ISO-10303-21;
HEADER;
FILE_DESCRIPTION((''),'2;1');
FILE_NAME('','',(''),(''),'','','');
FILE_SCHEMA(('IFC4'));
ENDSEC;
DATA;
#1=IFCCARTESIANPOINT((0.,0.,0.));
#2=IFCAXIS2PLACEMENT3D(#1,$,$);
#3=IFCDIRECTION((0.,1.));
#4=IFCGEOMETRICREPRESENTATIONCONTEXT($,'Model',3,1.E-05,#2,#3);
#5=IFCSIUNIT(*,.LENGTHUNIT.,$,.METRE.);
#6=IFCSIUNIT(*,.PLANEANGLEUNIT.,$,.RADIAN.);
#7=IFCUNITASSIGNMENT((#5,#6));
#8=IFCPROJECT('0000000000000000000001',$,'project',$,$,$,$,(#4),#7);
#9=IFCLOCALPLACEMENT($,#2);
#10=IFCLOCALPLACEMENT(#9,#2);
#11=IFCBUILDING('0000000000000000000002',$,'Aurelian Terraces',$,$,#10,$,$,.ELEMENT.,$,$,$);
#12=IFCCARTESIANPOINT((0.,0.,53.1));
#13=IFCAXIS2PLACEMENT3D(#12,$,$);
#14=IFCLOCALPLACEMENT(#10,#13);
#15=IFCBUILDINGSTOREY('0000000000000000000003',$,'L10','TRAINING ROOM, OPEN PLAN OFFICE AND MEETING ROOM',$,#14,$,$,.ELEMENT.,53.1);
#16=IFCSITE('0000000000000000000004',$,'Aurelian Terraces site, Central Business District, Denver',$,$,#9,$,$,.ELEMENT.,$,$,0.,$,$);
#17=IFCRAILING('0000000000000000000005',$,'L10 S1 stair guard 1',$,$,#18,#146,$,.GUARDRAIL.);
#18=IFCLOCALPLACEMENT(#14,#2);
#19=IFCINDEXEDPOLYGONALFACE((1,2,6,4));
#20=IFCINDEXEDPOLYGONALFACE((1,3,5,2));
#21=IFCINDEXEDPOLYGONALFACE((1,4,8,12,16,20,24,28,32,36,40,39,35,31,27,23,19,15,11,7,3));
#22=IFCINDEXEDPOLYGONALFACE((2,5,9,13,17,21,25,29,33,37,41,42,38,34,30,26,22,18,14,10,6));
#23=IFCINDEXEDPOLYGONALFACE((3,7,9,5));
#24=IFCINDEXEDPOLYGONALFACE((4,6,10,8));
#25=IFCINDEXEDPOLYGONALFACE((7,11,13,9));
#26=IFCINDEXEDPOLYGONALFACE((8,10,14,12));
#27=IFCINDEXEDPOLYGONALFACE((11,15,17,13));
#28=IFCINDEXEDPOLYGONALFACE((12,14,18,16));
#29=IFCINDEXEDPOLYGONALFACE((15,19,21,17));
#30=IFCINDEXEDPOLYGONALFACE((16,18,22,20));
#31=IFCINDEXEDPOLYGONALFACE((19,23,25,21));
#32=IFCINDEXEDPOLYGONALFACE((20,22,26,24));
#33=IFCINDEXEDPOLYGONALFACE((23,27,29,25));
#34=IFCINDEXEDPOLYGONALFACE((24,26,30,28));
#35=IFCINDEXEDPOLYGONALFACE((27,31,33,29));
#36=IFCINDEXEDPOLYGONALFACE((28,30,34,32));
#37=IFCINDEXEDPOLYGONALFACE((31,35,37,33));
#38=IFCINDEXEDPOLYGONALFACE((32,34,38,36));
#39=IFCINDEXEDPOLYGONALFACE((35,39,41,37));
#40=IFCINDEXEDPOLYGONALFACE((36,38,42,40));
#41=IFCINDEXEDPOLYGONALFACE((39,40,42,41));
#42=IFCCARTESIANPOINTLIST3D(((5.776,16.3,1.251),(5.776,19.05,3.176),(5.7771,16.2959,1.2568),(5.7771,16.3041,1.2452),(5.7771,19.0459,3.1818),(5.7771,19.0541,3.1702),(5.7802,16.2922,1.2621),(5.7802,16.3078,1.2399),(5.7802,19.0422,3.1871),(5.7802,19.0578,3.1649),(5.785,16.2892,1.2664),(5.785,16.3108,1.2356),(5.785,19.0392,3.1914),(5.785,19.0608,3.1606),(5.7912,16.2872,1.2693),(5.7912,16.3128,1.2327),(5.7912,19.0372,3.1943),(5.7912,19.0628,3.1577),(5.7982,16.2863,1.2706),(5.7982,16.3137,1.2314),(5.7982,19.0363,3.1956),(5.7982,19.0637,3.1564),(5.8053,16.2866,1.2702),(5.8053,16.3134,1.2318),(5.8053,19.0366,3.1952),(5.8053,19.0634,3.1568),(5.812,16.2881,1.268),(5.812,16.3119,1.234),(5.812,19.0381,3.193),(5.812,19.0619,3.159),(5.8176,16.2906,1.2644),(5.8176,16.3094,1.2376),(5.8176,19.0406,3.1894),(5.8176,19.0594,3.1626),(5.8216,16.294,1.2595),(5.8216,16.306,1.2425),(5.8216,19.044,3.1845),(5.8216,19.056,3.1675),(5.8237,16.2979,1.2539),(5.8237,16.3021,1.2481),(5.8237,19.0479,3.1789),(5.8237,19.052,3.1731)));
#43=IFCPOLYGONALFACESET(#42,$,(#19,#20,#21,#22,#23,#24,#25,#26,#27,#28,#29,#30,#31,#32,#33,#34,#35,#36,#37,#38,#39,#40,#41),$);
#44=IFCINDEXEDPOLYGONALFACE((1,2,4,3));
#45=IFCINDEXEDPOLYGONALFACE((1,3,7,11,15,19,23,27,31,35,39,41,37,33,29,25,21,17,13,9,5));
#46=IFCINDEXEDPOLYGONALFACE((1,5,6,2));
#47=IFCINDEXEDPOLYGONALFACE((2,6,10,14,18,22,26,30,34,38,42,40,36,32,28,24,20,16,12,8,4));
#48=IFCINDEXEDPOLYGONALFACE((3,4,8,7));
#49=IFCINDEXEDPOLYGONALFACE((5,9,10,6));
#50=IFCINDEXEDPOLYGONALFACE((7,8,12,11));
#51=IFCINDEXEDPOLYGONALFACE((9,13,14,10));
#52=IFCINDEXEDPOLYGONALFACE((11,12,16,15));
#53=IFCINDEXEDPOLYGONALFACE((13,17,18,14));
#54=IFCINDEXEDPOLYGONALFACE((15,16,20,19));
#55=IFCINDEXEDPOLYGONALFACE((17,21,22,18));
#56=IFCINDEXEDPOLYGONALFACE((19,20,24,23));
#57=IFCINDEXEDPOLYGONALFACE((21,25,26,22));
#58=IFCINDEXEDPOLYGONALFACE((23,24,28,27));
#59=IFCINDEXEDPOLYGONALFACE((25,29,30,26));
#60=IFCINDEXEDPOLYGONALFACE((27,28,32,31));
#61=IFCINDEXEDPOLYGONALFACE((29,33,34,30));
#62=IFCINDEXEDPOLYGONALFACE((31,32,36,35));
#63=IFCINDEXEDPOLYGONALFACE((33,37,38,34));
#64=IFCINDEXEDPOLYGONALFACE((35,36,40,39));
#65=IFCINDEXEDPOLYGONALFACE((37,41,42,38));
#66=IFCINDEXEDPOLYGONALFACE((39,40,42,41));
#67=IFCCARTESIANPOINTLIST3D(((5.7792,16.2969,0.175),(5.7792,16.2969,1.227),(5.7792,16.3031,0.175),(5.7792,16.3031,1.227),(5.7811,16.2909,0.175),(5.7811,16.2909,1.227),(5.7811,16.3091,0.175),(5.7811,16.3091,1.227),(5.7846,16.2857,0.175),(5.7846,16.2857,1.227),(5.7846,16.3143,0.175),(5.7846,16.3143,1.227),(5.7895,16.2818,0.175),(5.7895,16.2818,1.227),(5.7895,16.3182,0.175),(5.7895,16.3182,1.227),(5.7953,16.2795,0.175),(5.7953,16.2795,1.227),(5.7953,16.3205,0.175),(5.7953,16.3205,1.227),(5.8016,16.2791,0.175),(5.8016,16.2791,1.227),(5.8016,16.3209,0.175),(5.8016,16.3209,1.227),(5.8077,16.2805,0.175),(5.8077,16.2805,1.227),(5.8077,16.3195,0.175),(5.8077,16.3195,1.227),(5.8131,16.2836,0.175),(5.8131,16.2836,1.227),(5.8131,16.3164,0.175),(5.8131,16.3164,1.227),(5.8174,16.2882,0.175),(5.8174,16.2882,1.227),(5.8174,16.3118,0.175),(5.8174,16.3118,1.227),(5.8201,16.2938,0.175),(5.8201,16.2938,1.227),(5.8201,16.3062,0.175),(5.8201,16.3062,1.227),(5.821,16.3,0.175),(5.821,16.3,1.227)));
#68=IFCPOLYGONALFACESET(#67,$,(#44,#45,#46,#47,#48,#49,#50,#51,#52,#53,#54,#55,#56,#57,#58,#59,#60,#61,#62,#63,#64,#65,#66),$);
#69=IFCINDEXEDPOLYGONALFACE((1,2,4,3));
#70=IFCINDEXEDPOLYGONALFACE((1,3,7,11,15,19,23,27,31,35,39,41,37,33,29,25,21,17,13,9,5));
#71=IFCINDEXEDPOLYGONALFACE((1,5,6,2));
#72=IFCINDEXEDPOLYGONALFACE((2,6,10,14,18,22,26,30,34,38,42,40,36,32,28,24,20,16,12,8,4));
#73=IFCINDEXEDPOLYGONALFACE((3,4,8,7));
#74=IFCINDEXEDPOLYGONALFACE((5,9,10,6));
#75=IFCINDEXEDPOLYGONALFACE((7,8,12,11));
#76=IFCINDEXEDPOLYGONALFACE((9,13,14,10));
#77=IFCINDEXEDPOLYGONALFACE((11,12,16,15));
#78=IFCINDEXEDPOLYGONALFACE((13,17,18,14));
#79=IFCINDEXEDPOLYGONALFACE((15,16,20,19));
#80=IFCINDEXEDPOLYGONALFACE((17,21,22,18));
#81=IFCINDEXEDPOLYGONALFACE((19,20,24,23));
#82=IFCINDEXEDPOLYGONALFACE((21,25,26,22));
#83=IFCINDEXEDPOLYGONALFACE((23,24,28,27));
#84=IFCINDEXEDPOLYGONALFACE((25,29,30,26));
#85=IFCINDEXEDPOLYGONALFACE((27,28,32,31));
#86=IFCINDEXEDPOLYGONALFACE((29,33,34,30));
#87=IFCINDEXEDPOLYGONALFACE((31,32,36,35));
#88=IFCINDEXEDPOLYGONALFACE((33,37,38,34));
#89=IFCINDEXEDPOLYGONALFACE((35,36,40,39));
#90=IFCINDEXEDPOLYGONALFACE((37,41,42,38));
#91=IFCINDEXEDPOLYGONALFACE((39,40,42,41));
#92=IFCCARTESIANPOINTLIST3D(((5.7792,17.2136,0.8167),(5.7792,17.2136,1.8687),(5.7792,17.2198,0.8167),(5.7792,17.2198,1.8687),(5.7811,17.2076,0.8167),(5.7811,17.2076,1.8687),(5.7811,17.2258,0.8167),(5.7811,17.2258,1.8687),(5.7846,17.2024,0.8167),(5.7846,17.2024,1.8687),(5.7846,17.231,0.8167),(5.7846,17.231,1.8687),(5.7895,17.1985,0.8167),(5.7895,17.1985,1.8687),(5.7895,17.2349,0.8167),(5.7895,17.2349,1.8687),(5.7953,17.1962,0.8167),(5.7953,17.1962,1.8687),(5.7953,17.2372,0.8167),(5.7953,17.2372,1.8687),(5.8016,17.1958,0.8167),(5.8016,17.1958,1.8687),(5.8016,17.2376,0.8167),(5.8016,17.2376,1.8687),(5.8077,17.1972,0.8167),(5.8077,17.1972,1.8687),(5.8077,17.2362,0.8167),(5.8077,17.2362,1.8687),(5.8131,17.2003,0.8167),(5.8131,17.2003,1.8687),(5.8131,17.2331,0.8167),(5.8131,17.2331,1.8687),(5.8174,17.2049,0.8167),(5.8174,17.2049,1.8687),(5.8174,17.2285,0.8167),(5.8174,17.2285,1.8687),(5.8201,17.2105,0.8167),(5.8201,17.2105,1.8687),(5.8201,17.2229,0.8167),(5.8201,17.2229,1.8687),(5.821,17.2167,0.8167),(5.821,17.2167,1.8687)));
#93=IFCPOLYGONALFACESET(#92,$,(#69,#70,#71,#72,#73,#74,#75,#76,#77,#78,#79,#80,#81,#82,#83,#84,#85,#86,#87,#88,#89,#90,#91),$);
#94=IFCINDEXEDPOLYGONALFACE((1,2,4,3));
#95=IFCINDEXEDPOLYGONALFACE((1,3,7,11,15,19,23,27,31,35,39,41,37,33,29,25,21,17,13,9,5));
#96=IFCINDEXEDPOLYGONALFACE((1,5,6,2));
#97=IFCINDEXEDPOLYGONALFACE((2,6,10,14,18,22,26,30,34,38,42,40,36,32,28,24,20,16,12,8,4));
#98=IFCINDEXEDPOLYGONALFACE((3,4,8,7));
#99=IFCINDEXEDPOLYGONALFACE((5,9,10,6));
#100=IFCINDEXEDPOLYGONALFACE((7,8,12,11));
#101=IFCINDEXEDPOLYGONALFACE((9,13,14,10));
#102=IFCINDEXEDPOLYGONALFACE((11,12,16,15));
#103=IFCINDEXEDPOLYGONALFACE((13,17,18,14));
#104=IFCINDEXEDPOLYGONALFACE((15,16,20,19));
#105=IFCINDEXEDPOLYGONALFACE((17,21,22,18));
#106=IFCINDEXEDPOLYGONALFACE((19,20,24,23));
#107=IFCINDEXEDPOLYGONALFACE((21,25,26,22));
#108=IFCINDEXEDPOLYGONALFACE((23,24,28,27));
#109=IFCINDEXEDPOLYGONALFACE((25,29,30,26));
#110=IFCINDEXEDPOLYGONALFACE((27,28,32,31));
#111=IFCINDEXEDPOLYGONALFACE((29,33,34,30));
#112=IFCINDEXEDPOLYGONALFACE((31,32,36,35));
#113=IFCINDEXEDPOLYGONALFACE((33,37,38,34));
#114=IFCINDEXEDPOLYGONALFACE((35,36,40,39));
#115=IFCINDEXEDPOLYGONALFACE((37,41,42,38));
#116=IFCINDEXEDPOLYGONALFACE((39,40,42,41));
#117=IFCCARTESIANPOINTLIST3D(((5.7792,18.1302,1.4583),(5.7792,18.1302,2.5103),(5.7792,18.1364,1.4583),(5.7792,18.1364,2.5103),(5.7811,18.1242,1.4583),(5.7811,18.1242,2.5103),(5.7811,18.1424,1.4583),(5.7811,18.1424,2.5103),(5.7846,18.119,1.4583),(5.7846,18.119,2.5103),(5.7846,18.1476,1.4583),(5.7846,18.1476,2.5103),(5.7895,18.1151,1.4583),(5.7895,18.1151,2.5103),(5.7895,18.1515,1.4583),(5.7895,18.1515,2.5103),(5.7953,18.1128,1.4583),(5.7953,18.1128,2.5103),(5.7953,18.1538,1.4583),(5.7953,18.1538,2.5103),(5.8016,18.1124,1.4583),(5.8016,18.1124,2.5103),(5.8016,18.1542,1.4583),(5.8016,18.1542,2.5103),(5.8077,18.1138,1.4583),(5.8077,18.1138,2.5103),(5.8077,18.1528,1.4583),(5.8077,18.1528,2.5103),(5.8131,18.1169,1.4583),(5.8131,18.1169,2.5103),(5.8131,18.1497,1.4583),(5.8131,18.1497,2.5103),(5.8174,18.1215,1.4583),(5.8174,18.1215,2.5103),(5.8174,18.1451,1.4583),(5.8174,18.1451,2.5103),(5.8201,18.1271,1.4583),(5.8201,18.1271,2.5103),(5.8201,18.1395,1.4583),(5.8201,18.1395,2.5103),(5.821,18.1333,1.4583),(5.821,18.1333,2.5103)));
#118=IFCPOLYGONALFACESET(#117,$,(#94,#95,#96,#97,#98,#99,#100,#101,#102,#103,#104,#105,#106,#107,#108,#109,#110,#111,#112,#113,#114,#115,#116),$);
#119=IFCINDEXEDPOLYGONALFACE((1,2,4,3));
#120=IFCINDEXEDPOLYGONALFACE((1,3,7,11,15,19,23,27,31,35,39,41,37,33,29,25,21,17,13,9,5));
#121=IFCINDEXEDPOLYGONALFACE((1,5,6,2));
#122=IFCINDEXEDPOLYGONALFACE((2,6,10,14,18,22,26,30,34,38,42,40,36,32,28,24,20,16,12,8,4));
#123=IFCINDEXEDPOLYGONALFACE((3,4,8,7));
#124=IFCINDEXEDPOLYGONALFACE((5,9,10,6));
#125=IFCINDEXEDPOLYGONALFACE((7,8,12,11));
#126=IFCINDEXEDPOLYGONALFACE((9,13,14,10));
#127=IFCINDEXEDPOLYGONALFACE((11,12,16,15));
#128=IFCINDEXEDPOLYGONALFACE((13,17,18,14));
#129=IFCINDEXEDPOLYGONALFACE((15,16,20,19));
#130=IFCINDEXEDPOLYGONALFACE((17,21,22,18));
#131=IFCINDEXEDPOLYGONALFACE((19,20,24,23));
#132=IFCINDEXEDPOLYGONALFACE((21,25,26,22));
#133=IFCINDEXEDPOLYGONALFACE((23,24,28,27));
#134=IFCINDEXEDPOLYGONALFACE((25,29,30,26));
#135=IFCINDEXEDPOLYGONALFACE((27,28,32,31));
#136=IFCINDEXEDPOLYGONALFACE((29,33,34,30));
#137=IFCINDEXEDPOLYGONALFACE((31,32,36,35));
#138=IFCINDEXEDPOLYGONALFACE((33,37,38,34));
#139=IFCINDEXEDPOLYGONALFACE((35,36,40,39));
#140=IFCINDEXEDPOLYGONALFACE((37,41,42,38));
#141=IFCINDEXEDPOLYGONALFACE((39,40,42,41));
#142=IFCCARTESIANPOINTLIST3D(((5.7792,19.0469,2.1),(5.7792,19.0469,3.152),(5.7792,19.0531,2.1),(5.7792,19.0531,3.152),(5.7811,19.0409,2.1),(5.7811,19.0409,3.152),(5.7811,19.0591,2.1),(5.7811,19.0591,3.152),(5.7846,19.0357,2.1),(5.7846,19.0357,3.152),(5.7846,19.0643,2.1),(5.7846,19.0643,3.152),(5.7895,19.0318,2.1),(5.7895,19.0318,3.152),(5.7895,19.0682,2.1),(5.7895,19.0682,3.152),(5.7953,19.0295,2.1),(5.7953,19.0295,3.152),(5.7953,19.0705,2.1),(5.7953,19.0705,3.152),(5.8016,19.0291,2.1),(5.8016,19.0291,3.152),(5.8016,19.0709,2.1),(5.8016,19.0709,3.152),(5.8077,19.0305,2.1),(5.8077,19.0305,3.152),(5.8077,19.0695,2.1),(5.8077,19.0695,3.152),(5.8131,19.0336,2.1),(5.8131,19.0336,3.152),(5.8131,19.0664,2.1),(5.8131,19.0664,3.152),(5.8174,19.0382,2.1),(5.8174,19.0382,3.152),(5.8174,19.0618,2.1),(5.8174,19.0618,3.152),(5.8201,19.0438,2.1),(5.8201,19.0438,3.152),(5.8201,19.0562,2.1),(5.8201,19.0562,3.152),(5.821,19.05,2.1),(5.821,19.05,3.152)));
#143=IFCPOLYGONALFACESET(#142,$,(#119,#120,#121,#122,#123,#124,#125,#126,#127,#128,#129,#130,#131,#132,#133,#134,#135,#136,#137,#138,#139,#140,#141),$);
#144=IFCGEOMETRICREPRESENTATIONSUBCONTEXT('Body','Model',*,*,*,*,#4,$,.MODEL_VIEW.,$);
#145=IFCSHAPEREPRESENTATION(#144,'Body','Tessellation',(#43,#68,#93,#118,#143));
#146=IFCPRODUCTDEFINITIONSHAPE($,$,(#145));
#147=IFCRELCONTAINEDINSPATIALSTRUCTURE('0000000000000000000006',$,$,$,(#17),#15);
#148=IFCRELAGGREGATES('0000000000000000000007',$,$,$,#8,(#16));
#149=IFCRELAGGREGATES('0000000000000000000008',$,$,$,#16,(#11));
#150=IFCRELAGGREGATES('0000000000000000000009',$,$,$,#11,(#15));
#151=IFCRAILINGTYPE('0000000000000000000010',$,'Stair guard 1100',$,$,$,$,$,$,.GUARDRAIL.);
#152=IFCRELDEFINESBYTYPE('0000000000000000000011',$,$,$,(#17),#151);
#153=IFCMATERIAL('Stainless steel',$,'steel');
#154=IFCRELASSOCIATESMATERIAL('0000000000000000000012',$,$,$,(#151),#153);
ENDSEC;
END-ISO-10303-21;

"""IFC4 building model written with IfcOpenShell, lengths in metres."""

from ifc_helpers import new_model, si_unit, direction, frame, origin, origin_2d, place, context, subcontext, project, spatial, circle, extrude, source, transform, mapped, material, type_object, element, save


model = new_model("IFC4")

# Units and contexts
model_context = context("Model", 3, precision=1e-05, world=origin(), true_north=direction((0.0, 1.0)))
body_context = subcontext(model_context, "Body", "Model", "MODEL_VIEW")
ifc_project = project(units=[si_unit("LENGTHUNIT", "METRE"), si_unit("PLANEANGLEUNIT", "RADIAN")], contexts=[model_context])

# Site, building, storey
site_placement = place(None, origin())
site = spatial("IfcSite", under=ifc_project, at=site_placement, Name="Aurelian Terraces site, Central Business District, Denver", CompositionType="ELEMENT", RefElevation=0.0)
building_placement = place(site_placement, origin())
building = spatial("IfcBuilding", under=site, at=building_placement, Name="Aurelian Terraces", CompositionType="ELEMENT")
storey_placement = place(building_placement, frame((0.0, 0.0, 53.1)))
storey = spatial("IfcBuildingStorey", under=building, at=storey_placement, Name="L10", Description="TRAINING ROOM, OPEN PLAN OFFICE AND MEETING ROOM", CompositionType="ELEMENT", Elevation=53.1)

# Shared definitions
ifc_material_1 = material(Name="Stainless steel", Category="steel")

# Railing
railing_type_1 = type_object("IfcRailingType", Name="Stair guard 1100", PredefinedType="GUARDRAIL", material=ifc_material_1)
shared_shape_1 = source(origin(), body_context, "Body", "SweptSolid", [
    extrude(circle(Radius=0.024, at=origin_2d()), frame((0.0, 0.0, 1.076), z_axis=(0.0, 0.819232, 0.573462), x_axis=(-1.0, 0.0, 0.0)), (0.0, 0.0, 1.0), 3.3568),
    extrude(circle(Radius=0.021, at=origin_2d()), origin(), (0.0, 0.0, 1.0), 1.052),
    extrude(circle(Radius=0.021, at=origin_2d()), frame((0.0, 0.9167, 0.6417)), (0.0, 0.0, 1.0), 1.052),
    extrude(circle(Radius=0.021, at=origin_2d()), frame((0.0, 1.8333, 1.2833)), (0.0, 0.0, 1.0), 1.052),
    extrude(circle(Radius=0.021, at=origin_2d()), frame((0.0, 2.75, 1.925)), (0.0, 0.0, 1.0), 1.052),
])
railing_1_placement = place(storey_placement, frame((5.8, 16.3, 0.175)))
element("IfcRailing", 1, at=railing_1_placement, inside=storey, type_object=railing_type_1, Name="L10 S1 stair guard 1", PredefinedType="GUARDRAIL", context=body_context, shape_type="MappedRepresentation", body=[
    mapped(shared_shape_1, transform((0.0, 0.0, 0.0), scale=1.0)),
])

save(model, "model.ifc")
